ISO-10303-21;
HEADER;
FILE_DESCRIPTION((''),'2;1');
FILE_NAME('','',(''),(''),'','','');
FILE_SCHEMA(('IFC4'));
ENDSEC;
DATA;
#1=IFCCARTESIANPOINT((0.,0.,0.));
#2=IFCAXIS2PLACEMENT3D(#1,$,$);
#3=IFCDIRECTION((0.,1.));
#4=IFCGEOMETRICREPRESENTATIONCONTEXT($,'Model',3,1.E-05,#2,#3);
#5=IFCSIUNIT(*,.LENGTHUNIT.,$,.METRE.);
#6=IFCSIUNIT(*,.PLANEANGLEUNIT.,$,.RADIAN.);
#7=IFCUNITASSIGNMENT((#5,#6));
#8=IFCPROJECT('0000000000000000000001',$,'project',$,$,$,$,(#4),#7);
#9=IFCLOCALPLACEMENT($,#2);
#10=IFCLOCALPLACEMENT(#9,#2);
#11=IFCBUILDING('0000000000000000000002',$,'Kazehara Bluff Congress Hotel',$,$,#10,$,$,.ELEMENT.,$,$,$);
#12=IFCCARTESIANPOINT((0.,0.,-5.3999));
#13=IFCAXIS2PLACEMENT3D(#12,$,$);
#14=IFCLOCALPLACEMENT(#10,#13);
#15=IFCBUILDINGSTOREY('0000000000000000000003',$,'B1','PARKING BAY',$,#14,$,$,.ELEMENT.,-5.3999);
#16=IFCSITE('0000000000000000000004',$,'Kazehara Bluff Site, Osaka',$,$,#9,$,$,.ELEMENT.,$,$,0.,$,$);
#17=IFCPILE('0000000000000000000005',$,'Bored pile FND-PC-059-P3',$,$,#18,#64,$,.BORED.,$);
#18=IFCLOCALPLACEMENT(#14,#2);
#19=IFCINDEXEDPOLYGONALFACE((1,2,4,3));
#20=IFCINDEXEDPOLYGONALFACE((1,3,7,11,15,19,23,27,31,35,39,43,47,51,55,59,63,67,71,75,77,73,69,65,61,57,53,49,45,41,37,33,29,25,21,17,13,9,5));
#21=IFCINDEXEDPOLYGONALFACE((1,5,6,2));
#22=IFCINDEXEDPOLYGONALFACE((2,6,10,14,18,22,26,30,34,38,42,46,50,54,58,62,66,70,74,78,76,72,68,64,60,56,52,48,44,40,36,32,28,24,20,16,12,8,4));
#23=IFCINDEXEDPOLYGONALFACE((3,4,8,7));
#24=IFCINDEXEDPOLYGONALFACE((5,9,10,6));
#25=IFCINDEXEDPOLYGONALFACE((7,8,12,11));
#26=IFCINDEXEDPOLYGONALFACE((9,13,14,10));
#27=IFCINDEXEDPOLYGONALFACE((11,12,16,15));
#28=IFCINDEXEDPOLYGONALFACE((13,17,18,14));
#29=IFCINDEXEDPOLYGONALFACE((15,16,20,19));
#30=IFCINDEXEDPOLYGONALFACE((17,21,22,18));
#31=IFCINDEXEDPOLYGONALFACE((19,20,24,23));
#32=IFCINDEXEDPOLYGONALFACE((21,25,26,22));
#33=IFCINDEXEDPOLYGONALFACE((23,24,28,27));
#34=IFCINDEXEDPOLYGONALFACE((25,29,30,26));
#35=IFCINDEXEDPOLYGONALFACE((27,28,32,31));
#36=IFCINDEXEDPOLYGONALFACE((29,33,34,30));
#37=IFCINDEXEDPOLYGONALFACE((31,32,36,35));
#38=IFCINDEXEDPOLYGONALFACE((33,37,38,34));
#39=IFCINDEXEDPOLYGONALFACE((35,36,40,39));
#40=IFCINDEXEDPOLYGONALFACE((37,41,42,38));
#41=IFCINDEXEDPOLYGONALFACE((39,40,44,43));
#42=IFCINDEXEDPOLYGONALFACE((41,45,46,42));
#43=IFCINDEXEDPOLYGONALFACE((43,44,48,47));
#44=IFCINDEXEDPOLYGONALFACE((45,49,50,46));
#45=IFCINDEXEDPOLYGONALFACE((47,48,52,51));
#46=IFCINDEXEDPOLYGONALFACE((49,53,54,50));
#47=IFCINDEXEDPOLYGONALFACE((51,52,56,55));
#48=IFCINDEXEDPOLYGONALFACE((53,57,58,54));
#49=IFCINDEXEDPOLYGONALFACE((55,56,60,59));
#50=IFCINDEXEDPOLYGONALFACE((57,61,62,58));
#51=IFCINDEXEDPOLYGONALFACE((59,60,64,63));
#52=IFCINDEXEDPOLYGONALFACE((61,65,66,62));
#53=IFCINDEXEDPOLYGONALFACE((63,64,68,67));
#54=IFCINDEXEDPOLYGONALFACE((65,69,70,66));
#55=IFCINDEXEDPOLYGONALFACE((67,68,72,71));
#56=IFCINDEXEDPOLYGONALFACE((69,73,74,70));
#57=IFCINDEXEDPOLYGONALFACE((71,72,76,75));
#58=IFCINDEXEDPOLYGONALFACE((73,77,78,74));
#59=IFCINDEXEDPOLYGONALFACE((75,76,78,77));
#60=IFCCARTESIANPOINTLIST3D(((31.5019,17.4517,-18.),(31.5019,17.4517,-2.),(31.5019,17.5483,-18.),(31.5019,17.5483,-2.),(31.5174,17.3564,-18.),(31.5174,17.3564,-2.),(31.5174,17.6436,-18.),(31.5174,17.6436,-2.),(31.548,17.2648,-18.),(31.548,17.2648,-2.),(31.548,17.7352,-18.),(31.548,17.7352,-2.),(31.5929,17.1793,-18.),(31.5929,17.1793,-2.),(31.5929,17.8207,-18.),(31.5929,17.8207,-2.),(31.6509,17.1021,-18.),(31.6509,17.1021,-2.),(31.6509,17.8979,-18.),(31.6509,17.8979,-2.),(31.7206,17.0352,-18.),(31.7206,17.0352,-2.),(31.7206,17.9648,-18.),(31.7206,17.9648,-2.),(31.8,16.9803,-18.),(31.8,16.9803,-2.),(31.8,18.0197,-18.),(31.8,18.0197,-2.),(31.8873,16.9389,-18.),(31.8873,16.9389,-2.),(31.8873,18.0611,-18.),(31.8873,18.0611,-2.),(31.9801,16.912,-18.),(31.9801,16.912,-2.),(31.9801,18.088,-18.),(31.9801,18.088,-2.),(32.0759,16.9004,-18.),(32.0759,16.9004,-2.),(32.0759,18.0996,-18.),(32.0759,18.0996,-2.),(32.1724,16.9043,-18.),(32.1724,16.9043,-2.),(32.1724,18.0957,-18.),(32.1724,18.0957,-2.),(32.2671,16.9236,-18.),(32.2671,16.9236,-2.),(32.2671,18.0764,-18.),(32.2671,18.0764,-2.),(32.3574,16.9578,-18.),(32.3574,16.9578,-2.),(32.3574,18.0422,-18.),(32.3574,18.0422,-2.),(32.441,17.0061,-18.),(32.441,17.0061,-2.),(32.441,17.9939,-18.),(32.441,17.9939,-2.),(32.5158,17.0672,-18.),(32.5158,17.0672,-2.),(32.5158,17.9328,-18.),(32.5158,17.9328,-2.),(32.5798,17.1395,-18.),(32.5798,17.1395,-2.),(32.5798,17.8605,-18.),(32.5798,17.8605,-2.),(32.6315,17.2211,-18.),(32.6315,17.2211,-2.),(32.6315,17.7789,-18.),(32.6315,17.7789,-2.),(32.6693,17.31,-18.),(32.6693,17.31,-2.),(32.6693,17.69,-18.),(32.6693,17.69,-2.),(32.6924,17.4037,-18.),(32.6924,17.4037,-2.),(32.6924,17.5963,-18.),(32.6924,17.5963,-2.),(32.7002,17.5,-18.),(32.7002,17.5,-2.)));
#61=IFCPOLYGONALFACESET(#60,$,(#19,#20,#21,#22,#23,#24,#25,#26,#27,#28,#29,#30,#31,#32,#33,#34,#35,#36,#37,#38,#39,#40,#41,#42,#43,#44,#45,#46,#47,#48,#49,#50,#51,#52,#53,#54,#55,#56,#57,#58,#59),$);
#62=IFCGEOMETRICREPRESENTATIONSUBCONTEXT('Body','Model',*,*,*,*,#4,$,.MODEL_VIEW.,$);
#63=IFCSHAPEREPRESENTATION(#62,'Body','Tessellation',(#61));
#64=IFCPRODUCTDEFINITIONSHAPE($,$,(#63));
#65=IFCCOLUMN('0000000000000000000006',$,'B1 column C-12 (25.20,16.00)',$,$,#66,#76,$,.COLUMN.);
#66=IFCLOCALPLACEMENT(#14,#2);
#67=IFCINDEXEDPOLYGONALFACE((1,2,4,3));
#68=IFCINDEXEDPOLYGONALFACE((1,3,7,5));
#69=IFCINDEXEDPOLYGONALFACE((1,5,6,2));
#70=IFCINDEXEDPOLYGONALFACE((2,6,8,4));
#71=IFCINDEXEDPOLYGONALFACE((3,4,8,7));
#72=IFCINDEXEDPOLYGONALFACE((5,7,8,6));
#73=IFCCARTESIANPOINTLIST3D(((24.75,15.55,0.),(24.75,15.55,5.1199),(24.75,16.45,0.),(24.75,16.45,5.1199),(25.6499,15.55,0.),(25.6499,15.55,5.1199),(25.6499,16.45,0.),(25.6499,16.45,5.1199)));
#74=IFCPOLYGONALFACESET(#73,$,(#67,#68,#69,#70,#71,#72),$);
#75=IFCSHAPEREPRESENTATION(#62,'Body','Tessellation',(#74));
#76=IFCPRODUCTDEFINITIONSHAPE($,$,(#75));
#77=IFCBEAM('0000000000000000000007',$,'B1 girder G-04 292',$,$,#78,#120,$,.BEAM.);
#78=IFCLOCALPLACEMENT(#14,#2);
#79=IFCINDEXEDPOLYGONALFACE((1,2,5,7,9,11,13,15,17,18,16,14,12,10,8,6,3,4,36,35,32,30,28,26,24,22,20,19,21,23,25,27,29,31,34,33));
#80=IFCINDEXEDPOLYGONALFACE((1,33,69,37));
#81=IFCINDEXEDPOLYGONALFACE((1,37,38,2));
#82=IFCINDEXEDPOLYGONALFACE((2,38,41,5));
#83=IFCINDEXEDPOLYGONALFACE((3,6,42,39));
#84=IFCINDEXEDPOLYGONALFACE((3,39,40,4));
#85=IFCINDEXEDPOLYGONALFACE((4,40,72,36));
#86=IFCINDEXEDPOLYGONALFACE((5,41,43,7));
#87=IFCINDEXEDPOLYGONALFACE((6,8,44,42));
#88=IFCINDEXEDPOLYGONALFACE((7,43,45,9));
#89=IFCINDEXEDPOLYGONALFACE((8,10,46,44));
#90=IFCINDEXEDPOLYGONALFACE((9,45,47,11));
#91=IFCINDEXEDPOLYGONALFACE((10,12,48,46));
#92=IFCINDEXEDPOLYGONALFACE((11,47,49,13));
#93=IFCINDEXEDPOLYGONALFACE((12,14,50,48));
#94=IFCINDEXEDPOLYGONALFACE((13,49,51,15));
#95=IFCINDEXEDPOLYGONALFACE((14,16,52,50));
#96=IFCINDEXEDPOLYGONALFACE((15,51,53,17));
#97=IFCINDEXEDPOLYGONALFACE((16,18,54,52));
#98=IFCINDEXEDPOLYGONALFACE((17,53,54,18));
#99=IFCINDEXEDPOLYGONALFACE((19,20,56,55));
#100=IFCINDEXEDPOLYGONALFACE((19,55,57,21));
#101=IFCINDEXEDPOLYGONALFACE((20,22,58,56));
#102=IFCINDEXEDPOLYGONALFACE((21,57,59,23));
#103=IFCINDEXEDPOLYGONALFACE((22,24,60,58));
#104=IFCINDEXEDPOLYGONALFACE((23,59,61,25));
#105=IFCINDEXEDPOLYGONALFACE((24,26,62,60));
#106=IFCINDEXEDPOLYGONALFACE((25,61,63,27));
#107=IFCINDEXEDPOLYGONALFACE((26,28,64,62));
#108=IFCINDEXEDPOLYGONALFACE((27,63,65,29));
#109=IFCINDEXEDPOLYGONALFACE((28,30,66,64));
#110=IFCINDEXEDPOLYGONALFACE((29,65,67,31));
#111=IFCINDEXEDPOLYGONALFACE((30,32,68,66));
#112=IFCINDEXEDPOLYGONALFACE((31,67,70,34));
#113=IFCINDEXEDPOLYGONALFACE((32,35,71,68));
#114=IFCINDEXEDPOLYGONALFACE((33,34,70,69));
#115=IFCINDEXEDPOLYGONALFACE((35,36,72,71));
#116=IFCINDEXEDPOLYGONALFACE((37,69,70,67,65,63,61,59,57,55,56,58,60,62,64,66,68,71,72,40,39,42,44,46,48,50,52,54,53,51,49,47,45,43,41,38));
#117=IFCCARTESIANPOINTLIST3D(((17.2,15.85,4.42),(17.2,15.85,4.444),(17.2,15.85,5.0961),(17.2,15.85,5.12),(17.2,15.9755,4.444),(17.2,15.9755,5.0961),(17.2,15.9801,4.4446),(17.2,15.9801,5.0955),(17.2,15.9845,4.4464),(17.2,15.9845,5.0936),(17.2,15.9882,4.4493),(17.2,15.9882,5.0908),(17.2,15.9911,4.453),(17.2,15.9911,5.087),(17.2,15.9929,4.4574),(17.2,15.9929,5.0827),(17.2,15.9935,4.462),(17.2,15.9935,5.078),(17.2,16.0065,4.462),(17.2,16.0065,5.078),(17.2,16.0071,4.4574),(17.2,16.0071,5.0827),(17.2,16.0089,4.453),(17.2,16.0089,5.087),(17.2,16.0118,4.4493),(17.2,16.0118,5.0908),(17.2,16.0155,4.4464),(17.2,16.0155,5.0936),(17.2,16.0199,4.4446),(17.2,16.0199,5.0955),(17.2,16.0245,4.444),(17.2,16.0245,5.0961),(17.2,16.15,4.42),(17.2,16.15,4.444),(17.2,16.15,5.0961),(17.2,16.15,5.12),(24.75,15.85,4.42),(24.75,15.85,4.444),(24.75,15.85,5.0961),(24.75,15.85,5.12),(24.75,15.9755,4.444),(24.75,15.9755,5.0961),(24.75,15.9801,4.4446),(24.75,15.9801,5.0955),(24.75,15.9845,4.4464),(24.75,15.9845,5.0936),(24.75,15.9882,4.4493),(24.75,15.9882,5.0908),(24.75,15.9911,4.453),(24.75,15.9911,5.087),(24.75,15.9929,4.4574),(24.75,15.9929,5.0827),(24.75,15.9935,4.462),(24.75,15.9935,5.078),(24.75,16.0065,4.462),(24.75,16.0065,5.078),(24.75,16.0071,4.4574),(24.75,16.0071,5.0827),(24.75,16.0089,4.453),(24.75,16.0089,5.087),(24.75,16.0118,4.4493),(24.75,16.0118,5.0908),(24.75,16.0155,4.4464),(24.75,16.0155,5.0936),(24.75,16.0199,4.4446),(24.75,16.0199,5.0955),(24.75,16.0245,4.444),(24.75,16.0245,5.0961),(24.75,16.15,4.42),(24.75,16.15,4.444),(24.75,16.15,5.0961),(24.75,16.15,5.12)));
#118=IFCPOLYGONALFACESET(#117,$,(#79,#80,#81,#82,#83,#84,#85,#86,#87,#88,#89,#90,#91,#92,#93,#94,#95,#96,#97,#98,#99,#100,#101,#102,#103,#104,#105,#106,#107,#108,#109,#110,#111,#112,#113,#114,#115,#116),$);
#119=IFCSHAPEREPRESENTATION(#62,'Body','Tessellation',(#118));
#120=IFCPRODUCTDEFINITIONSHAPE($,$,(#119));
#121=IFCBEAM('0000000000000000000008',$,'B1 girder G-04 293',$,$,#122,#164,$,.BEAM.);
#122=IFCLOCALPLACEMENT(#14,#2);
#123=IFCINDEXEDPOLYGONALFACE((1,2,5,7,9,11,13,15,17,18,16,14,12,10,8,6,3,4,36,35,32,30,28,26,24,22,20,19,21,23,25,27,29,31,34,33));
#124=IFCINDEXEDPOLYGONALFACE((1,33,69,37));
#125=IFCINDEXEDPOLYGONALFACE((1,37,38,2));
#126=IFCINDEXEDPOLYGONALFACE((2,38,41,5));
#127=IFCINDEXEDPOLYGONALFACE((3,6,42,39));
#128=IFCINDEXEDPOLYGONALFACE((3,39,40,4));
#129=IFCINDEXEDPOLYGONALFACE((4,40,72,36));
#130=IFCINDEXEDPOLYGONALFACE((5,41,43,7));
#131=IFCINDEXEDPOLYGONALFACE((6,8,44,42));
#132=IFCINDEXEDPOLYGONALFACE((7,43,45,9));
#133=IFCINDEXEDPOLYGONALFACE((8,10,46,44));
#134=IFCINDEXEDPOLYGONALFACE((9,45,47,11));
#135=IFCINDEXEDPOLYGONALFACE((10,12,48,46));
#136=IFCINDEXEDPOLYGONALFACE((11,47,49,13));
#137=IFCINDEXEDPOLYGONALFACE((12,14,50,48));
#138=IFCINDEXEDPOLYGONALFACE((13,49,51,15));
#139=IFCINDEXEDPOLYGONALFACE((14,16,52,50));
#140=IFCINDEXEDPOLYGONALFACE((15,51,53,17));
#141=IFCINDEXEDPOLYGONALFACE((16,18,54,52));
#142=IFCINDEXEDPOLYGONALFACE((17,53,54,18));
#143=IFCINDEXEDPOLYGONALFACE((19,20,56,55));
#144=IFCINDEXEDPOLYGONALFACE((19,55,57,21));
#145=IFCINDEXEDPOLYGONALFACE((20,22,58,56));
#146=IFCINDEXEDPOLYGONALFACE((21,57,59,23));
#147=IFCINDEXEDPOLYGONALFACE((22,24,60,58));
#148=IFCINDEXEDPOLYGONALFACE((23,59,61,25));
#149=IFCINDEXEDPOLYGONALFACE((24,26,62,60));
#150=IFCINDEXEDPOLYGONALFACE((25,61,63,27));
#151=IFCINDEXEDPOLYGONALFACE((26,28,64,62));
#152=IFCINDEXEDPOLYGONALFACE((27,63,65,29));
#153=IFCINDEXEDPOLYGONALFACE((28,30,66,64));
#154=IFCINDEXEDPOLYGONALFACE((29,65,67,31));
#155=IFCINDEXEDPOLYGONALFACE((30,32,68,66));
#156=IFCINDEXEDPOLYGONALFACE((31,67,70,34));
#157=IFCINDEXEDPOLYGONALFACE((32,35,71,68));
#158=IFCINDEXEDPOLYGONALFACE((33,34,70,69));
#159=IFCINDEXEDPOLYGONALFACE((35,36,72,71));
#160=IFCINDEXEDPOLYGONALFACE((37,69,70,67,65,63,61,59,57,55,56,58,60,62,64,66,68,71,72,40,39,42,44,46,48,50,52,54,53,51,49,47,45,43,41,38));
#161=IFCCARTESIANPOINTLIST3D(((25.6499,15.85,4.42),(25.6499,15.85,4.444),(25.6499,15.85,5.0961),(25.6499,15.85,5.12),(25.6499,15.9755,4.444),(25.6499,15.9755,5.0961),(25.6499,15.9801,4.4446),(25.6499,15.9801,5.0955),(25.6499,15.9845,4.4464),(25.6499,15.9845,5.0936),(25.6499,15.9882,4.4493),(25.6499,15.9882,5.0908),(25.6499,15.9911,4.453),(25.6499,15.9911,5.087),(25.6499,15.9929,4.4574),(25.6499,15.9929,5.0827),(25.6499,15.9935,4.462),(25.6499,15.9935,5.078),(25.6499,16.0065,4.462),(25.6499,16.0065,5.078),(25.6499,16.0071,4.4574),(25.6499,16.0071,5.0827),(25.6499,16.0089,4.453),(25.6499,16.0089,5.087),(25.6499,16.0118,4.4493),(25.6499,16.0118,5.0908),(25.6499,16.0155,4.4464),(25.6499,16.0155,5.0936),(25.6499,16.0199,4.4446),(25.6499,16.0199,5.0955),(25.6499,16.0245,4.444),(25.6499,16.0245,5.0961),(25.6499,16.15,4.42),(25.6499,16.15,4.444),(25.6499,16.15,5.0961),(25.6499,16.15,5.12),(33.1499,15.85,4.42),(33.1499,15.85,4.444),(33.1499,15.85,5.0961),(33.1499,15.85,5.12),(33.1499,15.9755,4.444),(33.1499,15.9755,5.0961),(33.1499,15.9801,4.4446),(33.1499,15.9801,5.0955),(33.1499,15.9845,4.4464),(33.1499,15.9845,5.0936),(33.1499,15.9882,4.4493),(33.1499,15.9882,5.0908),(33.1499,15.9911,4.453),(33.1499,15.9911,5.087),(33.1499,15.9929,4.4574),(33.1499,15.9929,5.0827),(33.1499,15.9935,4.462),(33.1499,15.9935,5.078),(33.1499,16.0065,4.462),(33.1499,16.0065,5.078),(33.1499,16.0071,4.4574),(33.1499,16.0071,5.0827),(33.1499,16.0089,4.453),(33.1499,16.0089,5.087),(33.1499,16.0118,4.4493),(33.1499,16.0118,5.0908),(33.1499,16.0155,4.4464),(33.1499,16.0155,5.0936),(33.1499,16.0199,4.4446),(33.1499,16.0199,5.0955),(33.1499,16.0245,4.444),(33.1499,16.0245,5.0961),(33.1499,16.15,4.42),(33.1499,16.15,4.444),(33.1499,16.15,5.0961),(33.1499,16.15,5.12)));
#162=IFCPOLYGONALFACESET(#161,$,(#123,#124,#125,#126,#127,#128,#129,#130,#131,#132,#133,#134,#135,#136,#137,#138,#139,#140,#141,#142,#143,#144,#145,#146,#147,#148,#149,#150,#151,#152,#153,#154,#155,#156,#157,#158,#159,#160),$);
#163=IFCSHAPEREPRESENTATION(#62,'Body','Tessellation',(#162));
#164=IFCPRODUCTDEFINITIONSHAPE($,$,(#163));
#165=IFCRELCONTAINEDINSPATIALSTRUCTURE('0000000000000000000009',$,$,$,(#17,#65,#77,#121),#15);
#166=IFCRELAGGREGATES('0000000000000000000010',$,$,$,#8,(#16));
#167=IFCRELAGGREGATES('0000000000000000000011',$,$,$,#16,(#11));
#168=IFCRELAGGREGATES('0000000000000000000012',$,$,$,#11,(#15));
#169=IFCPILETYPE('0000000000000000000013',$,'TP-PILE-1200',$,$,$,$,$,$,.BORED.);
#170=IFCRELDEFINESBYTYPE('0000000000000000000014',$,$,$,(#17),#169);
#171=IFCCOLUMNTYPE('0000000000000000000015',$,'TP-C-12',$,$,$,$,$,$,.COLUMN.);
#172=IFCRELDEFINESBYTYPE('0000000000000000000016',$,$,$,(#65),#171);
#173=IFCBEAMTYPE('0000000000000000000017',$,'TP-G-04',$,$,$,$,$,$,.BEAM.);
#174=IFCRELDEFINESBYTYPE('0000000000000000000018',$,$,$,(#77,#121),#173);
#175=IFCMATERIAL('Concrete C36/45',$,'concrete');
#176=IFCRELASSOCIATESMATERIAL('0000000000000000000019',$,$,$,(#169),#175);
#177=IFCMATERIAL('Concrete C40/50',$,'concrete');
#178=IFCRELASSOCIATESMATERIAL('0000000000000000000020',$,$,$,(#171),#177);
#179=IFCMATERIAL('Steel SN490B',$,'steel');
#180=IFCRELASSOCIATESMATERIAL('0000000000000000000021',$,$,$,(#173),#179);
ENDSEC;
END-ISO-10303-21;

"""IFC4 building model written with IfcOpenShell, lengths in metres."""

from ifc_helpers import new_model, si_unit, direction, frame, origin, origin_2d, place, context, subcontext, project, spatial, rectangle, circle, i_section, extrude, material, material_profile, profile_set, type_object, element, save


model = new_model("IFC4")

# Units and contexts
model_context = context("Model", 3, precision=1e-05, world=origin(), true_north=direction((0.0, 1.0)))
body_context = subcontext(model_context, "Body", "Model", "MODEL_VIEW")
ifc_project = project(units=[si_unit("LENGTHUNIT", "METRE"), si_unit("PLANEANGLEUNIT", "RADIAN")], contexts=[model_context])

# Site, building, storey
site_placement = place(None, origin())
site = spatial("IfcSite", under=ifc_project, at=site_placement, Name="Kazehara Bluff Site, Osaka", CompositionType="ELEMENT", RefElevation=0.0)
building_placement = place(site_placement, origin())
building = spatial("IfcBuilding", under=site, at=building_placement, Name="Kazehara Bluff Congress Hotel", CompositionType="ELEMENT")
storey_placement = place(building_placement, frame((0.0, 0.0, -5.3999)))
storey = spatial("IfcBuildingStorey", under=building, at=storey_placement, Name="B1", Description="PARKING BAY", CompositionType="ELEMENT", Elevation=-5.3999)

# Pile
ifc_material_1 = material(Name="Concrete C36/45", Category="concrete")
ifc_material_profile_1 = material_profile(ifc_material_1, circle(Radius=0.6001, at=origin_2d()))
ifc_profile_set_1 = profile_set([ifc_material_profile_1], Name="Concrete C36/45")
pile_type = type_object("IfcPileType", Name="TP-PILE-1200", PredefinedType="BORED", material=ifc_profile_set_1)
for number, where, z_axis, x_axis, name in (
    (1, (32.1001, 17.5, -2.0), (0.0, 0.0, -1.0), (1.0, 0.0, 0.0), "Bored pile FND-PC-059-P3"),
):
    element("IfcPile", number, at=place(storey_placement, frame(where, z_axis=z_axis, x_axis=x_axis)), inside=storey, type_object=pile_type, Name=name, PredefinedType="BORED", context=body_context, shape_type="SweptSolid", body=[
        extrude(circle(Radius=0.6001, at=origin_2d()), origin(), (0.0, 0.0, 1.0), 16.0),
    ])

# Column
ifc_material_2 = material(Name="Concrete C40/50", Category="concrete")
ifc_material_profile_2 = material_profile(ifc_material_2, rectangle(XDim=0.8999, YDim=0.8999, at=origin_2d()))
ifc_profile_set_2 = profile_set([ifc_material_profile_2], Name="Concrete C40/50")
column_type = type_object("IfcColumnType", Name="TP-C-12", PredefinedType="COLUMN", material=ifc_profile_set_2)
column_placement = place(storey_placement, frame((25.2, 16.0, 0.0), z_axis=(0.0, 0.0, 1.0), x_axis=(1.0, 0.0, 0.0)))
element("IfcColumn", 2, at=column_placement, inside=storey, type_object=column_type, Name="B1 column C-12 (25.20,16.00)", PredefinedType="COLUMN", context=body_context, shape_type="SweptSolid", body=[
    extrude(rectangle(XDim=0.8999, YDim=0.8999, at=origin_2d()), origin(), (0.0, 0.0, 1.0), 5.1199),
])

# Beams
ifc_material_3 = material(Name="Steel SN490B", Category="steel")
ifc_material_profile_3 = material_profile(ifc_material_3, i_section(OverallWidth=0.3, OverallDepth=0.7, WebThickness=0.0129, FlangeThickness=0.0239, FilletRadius=0.0181, at=origin_2d()))
ifc_profile_set_3 = profile_set([ifc_material_profile_3], Name="Steel SN490B")
beam_type_1 = type_object("IfcBeamType", Name="TP-G-04", PredefinedType="BEAM", material=ifc_profile_set_3)
beam_1_placement = place(storey_placement, frame((17.2, 16.0, 4.77), z_axis=(1.0, 0.0, 0.0), x_axis=(0.0, 1.0, 0.0)))
element("IfcBeam", 3, at=beam_1_placement, inside=storey, type_object=beam_type_1, Name="B1 girder G-04 292", PredefinedType="BEAM", context=body_context, shape_type="SweptSolid", body=[
    extrude(i_section(OverallWidth=0.3, OverallDepth=0.7, WebThickness=0.0129, FlangeThickness=0.0239, FilletRadius=0.0181, at=origin_2d()), origin(), (0.0, 0.0, 1.0), 7.55),
])
beam_2_placement = place(storey_placement, frame((25.6499, 16.0, 4.77), z_axis=(1.0, 0.0, 0.0), x_axis=(0.0, 1.0, 0.0)))
element("IfcBeam", 4, at=beam_2_placement, inside=storey, type_object=beam_type_1, Name="B1 girder G-04 293", PredefinedType="BEAM", context=body_context, shape_type="SweptSolid", body=[
    extrude(i_section(OverallWidth=0.3, OverallDepth=0.7, WebThickness=0.0129, FlangeThickness=0.0239, FilletRadius=0.0181, at=origin_2d()), origin(), (0.0, 0.0, 1.0), 7.5),
])

save(model, "model.ifc")
